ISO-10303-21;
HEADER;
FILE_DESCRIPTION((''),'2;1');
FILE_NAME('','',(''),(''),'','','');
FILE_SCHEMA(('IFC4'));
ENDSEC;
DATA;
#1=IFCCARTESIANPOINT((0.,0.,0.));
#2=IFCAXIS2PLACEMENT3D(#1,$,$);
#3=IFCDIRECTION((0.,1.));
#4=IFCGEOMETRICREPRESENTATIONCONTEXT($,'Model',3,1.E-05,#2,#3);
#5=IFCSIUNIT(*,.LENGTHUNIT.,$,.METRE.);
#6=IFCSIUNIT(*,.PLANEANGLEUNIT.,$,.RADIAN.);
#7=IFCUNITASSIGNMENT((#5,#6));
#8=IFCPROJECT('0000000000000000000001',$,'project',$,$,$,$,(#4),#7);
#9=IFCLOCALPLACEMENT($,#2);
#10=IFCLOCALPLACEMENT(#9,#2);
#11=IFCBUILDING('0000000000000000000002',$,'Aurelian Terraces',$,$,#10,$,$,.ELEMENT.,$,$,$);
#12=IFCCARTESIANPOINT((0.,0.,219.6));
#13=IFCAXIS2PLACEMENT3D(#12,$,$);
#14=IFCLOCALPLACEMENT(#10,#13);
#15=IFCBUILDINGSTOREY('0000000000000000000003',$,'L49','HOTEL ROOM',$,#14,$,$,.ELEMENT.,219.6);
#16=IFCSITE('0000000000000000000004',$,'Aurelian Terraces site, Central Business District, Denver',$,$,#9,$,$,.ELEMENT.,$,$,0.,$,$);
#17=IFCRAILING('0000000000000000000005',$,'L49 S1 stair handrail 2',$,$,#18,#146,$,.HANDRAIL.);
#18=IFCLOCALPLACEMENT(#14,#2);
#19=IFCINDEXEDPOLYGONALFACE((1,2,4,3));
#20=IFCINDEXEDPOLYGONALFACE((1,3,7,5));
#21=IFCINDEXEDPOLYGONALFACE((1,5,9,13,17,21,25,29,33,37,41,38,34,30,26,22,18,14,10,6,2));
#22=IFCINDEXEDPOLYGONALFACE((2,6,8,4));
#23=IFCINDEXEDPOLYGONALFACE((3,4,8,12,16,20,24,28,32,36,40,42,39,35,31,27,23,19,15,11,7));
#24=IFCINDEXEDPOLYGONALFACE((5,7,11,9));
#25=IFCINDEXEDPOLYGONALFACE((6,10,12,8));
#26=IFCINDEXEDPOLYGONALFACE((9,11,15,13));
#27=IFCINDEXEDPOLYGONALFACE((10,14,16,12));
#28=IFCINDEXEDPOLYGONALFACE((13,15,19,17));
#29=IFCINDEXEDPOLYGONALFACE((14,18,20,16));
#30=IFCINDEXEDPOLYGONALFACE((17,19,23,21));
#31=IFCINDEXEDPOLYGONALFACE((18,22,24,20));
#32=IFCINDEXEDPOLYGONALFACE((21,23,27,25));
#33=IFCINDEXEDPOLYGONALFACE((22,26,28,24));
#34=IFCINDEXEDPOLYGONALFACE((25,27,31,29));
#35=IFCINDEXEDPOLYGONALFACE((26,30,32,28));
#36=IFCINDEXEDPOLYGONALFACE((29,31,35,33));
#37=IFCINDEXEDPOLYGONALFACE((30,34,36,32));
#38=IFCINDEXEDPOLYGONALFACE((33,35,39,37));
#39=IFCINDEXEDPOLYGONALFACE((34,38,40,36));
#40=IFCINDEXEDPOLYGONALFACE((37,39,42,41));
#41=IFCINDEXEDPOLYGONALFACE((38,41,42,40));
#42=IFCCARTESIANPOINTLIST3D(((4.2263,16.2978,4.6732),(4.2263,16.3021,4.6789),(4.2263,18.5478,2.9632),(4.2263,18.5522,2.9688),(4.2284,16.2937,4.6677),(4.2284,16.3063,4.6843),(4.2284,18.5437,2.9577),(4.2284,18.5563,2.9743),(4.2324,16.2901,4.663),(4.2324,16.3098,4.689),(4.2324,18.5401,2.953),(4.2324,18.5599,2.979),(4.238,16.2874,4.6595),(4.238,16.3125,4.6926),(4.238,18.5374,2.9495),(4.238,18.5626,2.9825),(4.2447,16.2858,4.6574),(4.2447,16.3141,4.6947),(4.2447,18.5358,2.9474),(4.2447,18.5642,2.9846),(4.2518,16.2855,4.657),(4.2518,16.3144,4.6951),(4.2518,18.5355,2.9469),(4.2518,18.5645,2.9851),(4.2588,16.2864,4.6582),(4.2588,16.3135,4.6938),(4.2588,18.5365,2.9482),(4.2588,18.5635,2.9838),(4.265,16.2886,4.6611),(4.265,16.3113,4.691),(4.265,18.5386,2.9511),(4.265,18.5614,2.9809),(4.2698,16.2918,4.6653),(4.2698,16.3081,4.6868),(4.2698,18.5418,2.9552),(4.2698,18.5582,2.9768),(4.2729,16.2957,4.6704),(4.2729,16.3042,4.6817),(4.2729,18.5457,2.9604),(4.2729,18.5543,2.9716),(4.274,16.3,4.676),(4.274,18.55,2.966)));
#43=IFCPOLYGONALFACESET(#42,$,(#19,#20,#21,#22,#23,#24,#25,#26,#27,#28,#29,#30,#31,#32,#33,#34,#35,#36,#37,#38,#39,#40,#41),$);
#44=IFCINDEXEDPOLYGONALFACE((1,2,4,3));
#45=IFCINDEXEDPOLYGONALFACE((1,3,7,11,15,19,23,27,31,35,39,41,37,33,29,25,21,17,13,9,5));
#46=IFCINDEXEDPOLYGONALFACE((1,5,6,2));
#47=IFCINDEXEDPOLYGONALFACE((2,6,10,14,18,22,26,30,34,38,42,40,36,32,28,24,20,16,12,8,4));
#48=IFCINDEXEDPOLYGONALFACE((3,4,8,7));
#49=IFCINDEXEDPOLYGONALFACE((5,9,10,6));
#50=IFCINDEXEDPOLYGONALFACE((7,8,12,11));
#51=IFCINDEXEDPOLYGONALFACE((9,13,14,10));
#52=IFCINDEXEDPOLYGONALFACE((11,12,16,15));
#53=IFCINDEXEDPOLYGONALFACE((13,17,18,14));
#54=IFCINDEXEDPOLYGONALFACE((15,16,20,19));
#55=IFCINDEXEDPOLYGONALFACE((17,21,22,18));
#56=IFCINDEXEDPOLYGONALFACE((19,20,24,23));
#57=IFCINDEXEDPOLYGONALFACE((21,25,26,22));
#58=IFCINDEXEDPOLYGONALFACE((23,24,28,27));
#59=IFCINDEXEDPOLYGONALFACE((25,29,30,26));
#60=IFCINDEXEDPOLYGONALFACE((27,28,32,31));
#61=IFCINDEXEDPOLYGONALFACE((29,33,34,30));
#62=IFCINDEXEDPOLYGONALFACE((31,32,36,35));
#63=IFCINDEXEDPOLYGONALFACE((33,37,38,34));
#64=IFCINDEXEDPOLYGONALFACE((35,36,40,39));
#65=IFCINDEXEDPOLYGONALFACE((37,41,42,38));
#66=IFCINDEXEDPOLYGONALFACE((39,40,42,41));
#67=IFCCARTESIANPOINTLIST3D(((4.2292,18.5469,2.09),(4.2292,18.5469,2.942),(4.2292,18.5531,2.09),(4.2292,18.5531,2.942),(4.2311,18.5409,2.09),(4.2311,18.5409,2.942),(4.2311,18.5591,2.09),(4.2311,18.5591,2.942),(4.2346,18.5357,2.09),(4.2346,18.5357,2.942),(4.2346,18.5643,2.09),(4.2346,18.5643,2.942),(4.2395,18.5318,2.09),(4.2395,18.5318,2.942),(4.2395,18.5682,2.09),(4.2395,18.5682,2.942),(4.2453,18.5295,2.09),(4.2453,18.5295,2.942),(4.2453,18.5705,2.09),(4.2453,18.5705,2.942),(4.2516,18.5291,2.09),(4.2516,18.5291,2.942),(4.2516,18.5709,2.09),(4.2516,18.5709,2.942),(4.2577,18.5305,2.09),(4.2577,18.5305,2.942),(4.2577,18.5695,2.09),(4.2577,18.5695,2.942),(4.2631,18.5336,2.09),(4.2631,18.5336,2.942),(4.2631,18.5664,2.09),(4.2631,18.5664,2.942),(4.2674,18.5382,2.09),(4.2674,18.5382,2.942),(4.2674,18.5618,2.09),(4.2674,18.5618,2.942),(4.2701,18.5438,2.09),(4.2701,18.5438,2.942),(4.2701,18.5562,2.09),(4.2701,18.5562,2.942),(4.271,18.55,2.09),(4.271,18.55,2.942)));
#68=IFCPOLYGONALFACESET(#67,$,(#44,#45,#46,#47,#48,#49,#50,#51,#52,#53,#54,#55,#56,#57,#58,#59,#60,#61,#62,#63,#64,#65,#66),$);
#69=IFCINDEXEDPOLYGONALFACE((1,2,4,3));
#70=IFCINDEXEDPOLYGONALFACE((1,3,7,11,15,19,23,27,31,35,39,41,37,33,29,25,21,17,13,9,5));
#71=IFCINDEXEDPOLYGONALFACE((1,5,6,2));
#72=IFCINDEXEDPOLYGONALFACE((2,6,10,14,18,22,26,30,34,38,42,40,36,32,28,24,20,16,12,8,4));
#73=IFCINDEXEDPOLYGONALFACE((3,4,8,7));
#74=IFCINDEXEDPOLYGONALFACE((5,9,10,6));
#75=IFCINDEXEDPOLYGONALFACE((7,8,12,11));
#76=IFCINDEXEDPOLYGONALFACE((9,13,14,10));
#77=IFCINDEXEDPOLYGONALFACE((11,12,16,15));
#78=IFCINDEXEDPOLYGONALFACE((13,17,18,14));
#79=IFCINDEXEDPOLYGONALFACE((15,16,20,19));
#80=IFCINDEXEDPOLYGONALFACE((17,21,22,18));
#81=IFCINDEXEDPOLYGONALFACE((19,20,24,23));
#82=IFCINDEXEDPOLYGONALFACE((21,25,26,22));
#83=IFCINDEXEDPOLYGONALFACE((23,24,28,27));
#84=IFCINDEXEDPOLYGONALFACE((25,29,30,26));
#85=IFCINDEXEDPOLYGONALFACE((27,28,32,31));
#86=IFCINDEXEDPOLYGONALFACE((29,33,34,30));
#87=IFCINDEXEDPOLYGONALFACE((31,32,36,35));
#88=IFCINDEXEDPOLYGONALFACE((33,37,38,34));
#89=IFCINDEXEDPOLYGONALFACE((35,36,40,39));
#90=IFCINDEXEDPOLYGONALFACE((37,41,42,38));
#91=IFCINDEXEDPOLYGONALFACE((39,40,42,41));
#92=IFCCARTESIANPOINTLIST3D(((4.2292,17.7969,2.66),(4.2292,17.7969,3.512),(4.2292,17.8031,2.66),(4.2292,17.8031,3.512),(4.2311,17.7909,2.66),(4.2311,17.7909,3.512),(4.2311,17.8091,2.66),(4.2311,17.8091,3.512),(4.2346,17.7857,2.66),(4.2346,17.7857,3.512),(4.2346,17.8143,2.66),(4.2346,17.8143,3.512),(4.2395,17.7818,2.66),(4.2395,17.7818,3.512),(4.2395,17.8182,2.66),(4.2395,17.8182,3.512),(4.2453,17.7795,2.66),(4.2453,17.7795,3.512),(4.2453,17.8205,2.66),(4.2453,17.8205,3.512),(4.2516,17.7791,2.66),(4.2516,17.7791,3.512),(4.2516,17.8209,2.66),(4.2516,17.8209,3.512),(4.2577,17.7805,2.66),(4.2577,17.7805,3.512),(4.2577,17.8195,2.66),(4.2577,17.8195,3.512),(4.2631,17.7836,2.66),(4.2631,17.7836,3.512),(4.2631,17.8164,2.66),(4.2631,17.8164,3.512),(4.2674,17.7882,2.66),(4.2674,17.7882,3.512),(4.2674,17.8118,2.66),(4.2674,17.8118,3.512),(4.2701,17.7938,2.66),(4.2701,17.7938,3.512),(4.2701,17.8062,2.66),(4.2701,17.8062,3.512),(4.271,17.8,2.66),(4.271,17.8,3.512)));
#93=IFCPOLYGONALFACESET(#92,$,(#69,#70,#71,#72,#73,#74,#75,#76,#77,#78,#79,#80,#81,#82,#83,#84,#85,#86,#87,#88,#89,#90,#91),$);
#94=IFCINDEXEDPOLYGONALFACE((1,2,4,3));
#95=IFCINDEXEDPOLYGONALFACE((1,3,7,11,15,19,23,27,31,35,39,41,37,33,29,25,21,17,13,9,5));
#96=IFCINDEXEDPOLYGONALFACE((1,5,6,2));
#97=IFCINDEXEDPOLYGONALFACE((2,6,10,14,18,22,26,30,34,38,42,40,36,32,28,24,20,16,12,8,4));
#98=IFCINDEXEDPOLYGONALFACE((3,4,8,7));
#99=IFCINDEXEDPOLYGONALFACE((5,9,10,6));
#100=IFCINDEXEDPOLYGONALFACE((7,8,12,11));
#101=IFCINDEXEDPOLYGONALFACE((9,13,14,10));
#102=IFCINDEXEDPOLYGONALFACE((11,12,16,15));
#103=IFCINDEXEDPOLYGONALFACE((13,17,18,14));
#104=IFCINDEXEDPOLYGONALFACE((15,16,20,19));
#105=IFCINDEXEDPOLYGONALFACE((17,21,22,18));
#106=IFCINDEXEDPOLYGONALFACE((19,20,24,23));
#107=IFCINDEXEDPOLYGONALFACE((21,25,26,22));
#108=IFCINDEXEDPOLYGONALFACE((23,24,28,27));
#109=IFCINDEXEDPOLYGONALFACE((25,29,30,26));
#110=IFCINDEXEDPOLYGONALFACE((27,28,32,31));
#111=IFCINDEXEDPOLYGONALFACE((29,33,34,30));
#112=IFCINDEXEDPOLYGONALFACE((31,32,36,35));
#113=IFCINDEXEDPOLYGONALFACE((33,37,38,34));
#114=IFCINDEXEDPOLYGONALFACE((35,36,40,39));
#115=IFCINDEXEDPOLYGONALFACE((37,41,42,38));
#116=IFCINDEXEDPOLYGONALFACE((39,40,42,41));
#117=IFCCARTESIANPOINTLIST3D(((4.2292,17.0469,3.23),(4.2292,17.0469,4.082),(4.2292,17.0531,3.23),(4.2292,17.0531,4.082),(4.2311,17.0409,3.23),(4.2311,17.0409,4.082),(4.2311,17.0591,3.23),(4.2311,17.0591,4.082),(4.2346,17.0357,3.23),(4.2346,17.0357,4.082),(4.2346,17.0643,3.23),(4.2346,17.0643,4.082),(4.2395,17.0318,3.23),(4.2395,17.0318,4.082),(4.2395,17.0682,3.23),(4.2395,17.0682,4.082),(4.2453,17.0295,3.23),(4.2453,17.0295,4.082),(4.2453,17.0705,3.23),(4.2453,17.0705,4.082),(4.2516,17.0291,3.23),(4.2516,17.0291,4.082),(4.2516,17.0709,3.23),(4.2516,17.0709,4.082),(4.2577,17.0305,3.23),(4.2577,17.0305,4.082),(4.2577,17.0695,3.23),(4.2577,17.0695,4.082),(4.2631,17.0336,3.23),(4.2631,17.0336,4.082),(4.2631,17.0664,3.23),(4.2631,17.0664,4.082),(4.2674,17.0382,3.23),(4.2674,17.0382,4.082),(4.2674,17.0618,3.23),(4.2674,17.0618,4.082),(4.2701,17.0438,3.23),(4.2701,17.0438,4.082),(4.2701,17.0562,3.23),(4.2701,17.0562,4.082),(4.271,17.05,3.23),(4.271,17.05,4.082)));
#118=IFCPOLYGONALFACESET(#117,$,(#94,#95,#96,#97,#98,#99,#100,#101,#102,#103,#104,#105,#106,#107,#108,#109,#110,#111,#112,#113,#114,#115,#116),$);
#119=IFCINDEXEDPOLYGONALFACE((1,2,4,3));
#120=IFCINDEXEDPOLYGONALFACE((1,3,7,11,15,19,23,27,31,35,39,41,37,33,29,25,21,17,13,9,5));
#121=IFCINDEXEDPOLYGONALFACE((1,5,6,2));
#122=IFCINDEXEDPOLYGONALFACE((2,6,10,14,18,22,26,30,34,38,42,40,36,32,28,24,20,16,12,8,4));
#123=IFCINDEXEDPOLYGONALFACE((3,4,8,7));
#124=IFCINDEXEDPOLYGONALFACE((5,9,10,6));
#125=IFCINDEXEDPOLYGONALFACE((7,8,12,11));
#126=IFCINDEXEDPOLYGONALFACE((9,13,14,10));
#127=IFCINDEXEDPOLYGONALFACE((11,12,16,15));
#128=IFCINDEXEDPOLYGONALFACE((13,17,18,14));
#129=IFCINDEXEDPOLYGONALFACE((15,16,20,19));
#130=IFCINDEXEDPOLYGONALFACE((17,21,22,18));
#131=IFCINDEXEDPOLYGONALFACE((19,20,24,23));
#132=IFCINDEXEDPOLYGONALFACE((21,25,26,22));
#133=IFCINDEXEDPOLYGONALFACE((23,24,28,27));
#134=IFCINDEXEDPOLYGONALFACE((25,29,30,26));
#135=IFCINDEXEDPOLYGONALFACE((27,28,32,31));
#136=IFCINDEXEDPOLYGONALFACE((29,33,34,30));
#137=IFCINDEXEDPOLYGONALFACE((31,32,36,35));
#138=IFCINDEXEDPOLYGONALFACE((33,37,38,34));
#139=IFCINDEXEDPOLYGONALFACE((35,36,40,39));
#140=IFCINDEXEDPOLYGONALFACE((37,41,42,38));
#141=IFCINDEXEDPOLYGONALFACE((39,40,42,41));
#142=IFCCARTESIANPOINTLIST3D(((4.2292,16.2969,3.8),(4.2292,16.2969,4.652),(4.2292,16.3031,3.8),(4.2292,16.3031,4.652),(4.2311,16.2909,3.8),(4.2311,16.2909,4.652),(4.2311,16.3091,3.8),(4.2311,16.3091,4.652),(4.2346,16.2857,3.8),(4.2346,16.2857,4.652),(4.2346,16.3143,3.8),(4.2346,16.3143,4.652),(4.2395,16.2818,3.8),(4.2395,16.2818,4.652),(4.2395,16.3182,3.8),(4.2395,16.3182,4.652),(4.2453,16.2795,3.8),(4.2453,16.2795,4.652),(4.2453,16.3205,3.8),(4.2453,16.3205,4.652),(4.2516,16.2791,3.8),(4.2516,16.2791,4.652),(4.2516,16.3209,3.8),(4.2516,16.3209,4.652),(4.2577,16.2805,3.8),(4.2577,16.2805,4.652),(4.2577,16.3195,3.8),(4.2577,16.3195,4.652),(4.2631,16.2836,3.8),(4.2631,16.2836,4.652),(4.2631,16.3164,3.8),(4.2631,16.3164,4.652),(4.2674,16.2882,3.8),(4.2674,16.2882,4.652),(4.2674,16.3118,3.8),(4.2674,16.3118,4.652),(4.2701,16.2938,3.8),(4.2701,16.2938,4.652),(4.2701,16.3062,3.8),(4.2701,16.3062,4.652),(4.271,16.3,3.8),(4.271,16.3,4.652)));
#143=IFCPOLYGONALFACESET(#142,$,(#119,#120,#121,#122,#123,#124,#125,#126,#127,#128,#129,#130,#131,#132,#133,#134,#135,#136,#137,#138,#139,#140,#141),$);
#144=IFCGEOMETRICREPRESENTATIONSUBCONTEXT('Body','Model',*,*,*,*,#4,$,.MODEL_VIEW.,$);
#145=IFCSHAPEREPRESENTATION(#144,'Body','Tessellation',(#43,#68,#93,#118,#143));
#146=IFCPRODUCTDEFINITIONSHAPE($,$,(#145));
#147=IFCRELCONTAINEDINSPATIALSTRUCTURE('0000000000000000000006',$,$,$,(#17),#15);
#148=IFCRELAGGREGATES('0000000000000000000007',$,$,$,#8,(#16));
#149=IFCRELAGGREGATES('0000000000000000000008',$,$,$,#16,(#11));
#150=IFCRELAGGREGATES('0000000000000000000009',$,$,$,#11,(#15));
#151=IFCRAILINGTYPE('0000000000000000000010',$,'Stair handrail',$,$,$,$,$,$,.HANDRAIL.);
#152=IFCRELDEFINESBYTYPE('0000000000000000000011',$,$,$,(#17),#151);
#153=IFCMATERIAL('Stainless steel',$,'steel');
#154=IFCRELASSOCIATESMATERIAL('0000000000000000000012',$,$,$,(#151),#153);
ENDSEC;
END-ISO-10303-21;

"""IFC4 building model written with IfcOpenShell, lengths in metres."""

from ifc_helpers import new_model, si_unit, direction, frame, origin, origin_2d, place, context, subcontext, project, spatial, circle, extrude, source, transform, mapped, material, type_object, element, save


model = new_model("IFC4")

# Units and contexts
model_context = context("Model", 3, precision=1e-05, world=origin(), true_north=direction((0.0, 1.0)))
body_context = subcontext(model_context, "Body", "Model", "MODEL_VIEW")
ifc_project = project(units=[si_unit("LENGTHUNIT", "METRE"), si_unit("PLANEANGLEUNIT", "RADIAN")], contexts=[model_context])

# Site, building, storey
site_placement = place(None, origin())
site = spatial("IfcSite", under=ifc_project, at=site_placement, Name="Aurelian Terraces site, Central Business District, Denver", CompositionType="ELEMENT", RefElevation=0.0)
building_placement = place(site_placement, origin())
building = spatial("IfcBuilding", under=site, at=building_placement, Name="Aurelian Terraces", CompositionType="ELEMENT")
storey_placement = place(building_placement, frame((0.0, 0.0, 219.6)))
storey = spatial("IfcBuildingStorey", under=building, at=storey_placement, Name="L49", Description="HOTEL ROOM", CompositionType="ELEMENT", Elevation=219.6)

# Shared definitions
ifc_material_1 = material(Name="Stainless steel", Category="steel")

# Railing
railing_type_1 = type_object("IfcRailingType", Name="Stair handrail", PredefinedType="HANDRAIL", material=ifc_material_1)
shared_shape_1 = source(origin(), body_context, "Body", "SweptSolid", [
    extrude(circle(Radius=0.024, at=origin_2d()), frame((0.0, 0.0, 0.876), z_axis=(0.0, -0.796162, 0.605083), x_axis=(1.0, 0.0, 0.0)), (0.0, 0.0, 1.0), 2.8261),
    extrude(circle(Radius=0.021, at=origin_2d()), origin(), (0.0, 0.0, 1.0), 0.852),
    extrude(circle(Radius=0.021, at=origin_2d()), frame((0.0, -0.75, 0.57)), (0.0, 0.0, 1.0), 0.852),
    extrude(circle(Radius=0.021, at=origin_2d()), frame((0.0, -1.5, 1.14)), (0.0, 0.0, 1.0), 0.852),
    extrude(circle(Radius=0.021, at=origin_2d()), frame((0.0, -2.25, 1.71)), (0.0, 0.0, 1.0), 0.852),
])
railing_1_placement = place(storey_placement, frame((4.25, 18.55, 2.09)))
element("IfcRailing", 1, at=railing_1_placement, inside=storey, type_object=railing_type_1, Name="L49 S1 stair handrail 2", PredefinedType="HANDRAIL", context=body_context, shape_type="MappedRepresentation", body=[
    mapped(shared_shape_1, transform((0.0, 0.0, 0.0), scale=1.0)),
])

save(model, "model.ifc")
